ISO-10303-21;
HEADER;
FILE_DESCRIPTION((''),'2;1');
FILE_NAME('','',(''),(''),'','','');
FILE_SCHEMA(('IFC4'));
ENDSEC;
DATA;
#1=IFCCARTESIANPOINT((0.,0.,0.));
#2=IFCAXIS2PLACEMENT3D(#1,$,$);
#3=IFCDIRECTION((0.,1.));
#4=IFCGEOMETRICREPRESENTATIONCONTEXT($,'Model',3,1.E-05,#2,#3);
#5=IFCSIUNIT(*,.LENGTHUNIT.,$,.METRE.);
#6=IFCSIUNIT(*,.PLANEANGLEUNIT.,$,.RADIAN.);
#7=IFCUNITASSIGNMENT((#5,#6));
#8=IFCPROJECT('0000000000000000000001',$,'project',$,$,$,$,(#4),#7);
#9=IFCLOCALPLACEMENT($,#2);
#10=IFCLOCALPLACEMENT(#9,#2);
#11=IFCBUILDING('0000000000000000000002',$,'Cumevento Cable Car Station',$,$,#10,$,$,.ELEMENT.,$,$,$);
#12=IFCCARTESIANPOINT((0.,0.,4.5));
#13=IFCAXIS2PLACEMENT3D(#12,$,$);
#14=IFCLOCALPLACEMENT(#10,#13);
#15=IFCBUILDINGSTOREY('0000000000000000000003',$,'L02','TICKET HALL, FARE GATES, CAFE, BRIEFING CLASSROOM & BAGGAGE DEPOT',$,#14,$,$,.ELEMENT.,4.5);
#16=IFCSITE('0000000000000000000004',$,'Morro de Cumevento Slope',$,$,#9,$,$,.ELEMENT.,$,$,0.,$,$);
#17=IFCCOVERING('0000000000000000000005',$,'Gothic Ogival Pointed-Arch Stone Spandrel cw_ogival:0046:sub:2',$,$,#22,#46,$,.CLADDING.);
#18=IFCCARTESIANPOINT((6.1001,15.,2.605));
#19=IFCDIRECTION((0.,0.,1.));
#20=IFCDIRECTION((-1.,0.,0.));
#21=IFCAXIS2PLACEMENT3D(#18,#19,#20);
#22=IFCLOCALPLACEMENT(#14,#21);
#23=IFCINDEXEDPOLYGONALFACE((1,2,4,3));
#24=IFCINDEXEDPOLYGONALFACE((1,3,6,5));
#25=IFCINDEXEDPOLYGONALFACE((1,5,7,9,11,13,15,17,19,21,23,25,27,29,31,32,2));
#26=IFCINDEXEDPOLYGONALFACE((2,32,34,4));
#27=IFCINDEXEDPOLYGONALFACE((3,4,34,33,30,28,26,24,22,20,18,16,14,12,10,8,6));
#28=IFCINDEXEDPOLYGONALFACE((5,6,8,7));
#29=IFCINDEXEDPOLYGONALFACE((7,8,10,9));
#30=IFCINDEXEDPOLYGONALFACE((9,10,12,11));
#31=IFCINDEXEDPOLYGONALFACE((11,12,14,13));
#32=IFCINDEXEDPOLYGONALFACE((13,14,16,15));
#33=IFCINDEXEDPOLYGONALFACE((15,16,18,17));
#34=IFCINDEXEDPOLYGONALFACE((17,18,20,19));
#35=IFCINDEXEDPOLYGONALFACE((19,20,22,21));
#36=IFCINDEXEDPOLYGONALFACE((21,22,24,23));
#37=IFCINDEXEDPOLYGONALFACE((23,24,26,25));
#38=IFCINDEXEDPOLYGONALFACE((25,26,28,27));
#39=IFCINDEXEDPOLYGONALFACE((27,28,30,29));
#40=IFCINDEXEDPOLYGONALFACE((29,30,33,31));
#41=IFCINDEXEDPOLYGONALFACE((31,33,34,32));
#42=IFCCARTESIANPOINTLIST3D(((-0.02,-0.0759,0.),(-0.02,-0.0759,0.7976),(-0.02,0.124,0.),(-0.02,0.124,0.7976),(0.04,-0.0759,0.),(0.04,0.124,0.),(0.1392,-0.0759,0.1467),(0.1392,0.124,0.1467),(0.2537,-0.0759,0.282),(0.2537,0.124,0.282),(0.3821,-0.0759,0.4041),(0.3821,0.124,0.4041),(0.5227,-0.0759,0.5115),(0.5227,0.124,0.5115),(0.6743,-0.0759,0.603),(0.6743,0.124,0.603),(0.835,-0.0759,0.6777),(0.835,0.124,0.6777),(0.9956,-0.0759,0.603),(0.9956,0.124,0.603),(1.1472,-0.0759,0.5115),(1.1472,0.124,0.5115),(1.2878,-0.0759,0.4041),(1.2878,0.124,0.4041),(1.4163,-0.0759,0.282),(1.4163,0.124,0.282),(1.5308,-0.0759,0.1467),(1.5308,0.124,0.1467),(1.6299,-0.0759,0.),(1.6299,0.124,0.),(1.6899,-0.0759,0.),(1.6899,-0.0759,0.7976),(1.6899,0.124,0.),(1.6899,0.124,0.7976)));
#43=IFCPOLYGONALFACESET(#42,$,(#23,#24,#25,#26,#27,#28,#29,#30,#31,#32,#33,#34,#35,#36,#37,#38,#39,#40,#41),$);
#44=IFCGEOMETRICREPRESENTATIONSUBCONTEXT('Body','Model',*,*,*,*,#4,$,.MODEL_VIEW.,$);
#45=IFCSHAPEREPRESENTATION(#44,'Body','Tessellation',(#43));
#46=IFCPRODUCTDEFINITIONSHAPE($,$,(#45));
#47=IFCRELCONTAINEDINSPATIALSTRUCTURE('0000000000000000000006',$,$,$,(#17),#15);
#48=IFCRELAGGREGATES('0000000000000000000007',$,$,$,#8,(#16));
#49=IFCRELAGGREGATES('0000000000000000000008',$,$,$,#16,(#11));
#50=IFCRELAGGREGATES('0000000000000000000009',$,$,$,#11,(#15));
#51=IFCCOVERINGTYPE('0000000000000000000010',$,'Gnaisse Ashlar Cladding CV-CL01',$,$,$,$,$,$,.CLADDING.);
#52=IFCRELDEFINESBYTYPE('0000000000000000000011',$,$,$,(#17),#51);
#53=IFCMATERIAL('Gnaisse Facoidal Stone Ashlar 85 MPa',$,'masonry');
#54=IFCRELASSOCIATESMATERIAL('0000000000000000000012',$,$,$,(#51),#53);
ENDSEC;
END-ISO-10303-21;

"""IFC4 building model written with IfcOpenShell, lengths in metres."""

from ifc_helpers import new_model, si_unit, direction, frame, origin, place, context, subcontext, project, spatial, polyline, outline, extrude, material, type_object, element, save


model = new_model("IFC4")

# Units and contexts
model_context = context("Model", 3, precision=1e-05, world=origin(), true_north=direction((0.0, 1.0)))
body_context = subcontext(model_context, "Body", "Model", "MODEL_VIEW")
ifc_project = project(units=[si_unit("LENGTHUNIT", "METRE"), si_unit("PLANEANGLEUNIT", "RADIAN")], contexts=[model_context])

# Site, building, storey
site_placement = place(None, origin())
site = spatial("IfcSite", under=ifc_project, at=site_placement, Name="Morro de Cumevento Slope", CompositionType="ELEMENT", RefElevation=0.0)
building_placement = place(site_placement, origin())
building = spatial("IfcBuilding", under=site, at=building_placement, Name="Cumevento Cable Car Station", CompositionType="ELEMENT")
storey_placement = place(building_placement, frame((0.0, 0.0, 4.5)))
storey = spatial("IfcBuildingStorey", under=building, at=storey_placement, Name="L02", Description="TICKET HALL, FARE GATES, CAFE, BRIEFING CLASSROOM & BAGGAGE DEPOT", CompositionType="ELEMENT", Elevation=4.5)

# Covering
ifc_material_1 = material(Name="Gnaisse Facoidal Stone Ashlar 85 MPa", Category="masonry")
covering_type_1 = type_object("IfcCoveringType", Name="Gnaisse Ashlar Cladding CV-CL01", PredefinedType="CLADDING", material=ifc_material_1)
covering_1_placement = place(storey_placement, frame((6.1001, 15.0, 2.605), z_axis=(0.0, 0.0, 1.0), x_axis=(-1.0, 0.0, 0.0)))
element("IfcCovering", 1, at=covering_1_placement, inside=storey, type_object=covering_type_1, Name="Gothic Ogival Pointed-Arch Stone Spandrel cw_ogival:0046:sub:2", PredefinedType="CLADDING", context=body_context, shape_type="SweptSolid", body=[
    extrude(outline(polyline([(-0.02, 0.0), (-0.02, 0.7976), (1.6899, 0.7976), (1.6899, 0.0), (1.6299, 0.0), (1.5308, 0.1467), (1.4163, 0.282), (1.2878, 0.4041), (1.1472, 0.5115), (0.9956, 0.603), (0.835, 0.6777), (0.6743, 0.603), (0.5227, 0.5115), (0.3821, 0.4041), (0.2537, 0.282), (0.1392, 0.1467), (0.04, 0.0), (-0.02, 0.0)])), frame((0.0, 0.124, 0.0), z_axis=(0.0, -1.0, 0.0), x_axis=(1.0, 0.0, 0.0)), (0.0, 0.0, 1.0), 0.2),
])

save(model, "model.ifc")
